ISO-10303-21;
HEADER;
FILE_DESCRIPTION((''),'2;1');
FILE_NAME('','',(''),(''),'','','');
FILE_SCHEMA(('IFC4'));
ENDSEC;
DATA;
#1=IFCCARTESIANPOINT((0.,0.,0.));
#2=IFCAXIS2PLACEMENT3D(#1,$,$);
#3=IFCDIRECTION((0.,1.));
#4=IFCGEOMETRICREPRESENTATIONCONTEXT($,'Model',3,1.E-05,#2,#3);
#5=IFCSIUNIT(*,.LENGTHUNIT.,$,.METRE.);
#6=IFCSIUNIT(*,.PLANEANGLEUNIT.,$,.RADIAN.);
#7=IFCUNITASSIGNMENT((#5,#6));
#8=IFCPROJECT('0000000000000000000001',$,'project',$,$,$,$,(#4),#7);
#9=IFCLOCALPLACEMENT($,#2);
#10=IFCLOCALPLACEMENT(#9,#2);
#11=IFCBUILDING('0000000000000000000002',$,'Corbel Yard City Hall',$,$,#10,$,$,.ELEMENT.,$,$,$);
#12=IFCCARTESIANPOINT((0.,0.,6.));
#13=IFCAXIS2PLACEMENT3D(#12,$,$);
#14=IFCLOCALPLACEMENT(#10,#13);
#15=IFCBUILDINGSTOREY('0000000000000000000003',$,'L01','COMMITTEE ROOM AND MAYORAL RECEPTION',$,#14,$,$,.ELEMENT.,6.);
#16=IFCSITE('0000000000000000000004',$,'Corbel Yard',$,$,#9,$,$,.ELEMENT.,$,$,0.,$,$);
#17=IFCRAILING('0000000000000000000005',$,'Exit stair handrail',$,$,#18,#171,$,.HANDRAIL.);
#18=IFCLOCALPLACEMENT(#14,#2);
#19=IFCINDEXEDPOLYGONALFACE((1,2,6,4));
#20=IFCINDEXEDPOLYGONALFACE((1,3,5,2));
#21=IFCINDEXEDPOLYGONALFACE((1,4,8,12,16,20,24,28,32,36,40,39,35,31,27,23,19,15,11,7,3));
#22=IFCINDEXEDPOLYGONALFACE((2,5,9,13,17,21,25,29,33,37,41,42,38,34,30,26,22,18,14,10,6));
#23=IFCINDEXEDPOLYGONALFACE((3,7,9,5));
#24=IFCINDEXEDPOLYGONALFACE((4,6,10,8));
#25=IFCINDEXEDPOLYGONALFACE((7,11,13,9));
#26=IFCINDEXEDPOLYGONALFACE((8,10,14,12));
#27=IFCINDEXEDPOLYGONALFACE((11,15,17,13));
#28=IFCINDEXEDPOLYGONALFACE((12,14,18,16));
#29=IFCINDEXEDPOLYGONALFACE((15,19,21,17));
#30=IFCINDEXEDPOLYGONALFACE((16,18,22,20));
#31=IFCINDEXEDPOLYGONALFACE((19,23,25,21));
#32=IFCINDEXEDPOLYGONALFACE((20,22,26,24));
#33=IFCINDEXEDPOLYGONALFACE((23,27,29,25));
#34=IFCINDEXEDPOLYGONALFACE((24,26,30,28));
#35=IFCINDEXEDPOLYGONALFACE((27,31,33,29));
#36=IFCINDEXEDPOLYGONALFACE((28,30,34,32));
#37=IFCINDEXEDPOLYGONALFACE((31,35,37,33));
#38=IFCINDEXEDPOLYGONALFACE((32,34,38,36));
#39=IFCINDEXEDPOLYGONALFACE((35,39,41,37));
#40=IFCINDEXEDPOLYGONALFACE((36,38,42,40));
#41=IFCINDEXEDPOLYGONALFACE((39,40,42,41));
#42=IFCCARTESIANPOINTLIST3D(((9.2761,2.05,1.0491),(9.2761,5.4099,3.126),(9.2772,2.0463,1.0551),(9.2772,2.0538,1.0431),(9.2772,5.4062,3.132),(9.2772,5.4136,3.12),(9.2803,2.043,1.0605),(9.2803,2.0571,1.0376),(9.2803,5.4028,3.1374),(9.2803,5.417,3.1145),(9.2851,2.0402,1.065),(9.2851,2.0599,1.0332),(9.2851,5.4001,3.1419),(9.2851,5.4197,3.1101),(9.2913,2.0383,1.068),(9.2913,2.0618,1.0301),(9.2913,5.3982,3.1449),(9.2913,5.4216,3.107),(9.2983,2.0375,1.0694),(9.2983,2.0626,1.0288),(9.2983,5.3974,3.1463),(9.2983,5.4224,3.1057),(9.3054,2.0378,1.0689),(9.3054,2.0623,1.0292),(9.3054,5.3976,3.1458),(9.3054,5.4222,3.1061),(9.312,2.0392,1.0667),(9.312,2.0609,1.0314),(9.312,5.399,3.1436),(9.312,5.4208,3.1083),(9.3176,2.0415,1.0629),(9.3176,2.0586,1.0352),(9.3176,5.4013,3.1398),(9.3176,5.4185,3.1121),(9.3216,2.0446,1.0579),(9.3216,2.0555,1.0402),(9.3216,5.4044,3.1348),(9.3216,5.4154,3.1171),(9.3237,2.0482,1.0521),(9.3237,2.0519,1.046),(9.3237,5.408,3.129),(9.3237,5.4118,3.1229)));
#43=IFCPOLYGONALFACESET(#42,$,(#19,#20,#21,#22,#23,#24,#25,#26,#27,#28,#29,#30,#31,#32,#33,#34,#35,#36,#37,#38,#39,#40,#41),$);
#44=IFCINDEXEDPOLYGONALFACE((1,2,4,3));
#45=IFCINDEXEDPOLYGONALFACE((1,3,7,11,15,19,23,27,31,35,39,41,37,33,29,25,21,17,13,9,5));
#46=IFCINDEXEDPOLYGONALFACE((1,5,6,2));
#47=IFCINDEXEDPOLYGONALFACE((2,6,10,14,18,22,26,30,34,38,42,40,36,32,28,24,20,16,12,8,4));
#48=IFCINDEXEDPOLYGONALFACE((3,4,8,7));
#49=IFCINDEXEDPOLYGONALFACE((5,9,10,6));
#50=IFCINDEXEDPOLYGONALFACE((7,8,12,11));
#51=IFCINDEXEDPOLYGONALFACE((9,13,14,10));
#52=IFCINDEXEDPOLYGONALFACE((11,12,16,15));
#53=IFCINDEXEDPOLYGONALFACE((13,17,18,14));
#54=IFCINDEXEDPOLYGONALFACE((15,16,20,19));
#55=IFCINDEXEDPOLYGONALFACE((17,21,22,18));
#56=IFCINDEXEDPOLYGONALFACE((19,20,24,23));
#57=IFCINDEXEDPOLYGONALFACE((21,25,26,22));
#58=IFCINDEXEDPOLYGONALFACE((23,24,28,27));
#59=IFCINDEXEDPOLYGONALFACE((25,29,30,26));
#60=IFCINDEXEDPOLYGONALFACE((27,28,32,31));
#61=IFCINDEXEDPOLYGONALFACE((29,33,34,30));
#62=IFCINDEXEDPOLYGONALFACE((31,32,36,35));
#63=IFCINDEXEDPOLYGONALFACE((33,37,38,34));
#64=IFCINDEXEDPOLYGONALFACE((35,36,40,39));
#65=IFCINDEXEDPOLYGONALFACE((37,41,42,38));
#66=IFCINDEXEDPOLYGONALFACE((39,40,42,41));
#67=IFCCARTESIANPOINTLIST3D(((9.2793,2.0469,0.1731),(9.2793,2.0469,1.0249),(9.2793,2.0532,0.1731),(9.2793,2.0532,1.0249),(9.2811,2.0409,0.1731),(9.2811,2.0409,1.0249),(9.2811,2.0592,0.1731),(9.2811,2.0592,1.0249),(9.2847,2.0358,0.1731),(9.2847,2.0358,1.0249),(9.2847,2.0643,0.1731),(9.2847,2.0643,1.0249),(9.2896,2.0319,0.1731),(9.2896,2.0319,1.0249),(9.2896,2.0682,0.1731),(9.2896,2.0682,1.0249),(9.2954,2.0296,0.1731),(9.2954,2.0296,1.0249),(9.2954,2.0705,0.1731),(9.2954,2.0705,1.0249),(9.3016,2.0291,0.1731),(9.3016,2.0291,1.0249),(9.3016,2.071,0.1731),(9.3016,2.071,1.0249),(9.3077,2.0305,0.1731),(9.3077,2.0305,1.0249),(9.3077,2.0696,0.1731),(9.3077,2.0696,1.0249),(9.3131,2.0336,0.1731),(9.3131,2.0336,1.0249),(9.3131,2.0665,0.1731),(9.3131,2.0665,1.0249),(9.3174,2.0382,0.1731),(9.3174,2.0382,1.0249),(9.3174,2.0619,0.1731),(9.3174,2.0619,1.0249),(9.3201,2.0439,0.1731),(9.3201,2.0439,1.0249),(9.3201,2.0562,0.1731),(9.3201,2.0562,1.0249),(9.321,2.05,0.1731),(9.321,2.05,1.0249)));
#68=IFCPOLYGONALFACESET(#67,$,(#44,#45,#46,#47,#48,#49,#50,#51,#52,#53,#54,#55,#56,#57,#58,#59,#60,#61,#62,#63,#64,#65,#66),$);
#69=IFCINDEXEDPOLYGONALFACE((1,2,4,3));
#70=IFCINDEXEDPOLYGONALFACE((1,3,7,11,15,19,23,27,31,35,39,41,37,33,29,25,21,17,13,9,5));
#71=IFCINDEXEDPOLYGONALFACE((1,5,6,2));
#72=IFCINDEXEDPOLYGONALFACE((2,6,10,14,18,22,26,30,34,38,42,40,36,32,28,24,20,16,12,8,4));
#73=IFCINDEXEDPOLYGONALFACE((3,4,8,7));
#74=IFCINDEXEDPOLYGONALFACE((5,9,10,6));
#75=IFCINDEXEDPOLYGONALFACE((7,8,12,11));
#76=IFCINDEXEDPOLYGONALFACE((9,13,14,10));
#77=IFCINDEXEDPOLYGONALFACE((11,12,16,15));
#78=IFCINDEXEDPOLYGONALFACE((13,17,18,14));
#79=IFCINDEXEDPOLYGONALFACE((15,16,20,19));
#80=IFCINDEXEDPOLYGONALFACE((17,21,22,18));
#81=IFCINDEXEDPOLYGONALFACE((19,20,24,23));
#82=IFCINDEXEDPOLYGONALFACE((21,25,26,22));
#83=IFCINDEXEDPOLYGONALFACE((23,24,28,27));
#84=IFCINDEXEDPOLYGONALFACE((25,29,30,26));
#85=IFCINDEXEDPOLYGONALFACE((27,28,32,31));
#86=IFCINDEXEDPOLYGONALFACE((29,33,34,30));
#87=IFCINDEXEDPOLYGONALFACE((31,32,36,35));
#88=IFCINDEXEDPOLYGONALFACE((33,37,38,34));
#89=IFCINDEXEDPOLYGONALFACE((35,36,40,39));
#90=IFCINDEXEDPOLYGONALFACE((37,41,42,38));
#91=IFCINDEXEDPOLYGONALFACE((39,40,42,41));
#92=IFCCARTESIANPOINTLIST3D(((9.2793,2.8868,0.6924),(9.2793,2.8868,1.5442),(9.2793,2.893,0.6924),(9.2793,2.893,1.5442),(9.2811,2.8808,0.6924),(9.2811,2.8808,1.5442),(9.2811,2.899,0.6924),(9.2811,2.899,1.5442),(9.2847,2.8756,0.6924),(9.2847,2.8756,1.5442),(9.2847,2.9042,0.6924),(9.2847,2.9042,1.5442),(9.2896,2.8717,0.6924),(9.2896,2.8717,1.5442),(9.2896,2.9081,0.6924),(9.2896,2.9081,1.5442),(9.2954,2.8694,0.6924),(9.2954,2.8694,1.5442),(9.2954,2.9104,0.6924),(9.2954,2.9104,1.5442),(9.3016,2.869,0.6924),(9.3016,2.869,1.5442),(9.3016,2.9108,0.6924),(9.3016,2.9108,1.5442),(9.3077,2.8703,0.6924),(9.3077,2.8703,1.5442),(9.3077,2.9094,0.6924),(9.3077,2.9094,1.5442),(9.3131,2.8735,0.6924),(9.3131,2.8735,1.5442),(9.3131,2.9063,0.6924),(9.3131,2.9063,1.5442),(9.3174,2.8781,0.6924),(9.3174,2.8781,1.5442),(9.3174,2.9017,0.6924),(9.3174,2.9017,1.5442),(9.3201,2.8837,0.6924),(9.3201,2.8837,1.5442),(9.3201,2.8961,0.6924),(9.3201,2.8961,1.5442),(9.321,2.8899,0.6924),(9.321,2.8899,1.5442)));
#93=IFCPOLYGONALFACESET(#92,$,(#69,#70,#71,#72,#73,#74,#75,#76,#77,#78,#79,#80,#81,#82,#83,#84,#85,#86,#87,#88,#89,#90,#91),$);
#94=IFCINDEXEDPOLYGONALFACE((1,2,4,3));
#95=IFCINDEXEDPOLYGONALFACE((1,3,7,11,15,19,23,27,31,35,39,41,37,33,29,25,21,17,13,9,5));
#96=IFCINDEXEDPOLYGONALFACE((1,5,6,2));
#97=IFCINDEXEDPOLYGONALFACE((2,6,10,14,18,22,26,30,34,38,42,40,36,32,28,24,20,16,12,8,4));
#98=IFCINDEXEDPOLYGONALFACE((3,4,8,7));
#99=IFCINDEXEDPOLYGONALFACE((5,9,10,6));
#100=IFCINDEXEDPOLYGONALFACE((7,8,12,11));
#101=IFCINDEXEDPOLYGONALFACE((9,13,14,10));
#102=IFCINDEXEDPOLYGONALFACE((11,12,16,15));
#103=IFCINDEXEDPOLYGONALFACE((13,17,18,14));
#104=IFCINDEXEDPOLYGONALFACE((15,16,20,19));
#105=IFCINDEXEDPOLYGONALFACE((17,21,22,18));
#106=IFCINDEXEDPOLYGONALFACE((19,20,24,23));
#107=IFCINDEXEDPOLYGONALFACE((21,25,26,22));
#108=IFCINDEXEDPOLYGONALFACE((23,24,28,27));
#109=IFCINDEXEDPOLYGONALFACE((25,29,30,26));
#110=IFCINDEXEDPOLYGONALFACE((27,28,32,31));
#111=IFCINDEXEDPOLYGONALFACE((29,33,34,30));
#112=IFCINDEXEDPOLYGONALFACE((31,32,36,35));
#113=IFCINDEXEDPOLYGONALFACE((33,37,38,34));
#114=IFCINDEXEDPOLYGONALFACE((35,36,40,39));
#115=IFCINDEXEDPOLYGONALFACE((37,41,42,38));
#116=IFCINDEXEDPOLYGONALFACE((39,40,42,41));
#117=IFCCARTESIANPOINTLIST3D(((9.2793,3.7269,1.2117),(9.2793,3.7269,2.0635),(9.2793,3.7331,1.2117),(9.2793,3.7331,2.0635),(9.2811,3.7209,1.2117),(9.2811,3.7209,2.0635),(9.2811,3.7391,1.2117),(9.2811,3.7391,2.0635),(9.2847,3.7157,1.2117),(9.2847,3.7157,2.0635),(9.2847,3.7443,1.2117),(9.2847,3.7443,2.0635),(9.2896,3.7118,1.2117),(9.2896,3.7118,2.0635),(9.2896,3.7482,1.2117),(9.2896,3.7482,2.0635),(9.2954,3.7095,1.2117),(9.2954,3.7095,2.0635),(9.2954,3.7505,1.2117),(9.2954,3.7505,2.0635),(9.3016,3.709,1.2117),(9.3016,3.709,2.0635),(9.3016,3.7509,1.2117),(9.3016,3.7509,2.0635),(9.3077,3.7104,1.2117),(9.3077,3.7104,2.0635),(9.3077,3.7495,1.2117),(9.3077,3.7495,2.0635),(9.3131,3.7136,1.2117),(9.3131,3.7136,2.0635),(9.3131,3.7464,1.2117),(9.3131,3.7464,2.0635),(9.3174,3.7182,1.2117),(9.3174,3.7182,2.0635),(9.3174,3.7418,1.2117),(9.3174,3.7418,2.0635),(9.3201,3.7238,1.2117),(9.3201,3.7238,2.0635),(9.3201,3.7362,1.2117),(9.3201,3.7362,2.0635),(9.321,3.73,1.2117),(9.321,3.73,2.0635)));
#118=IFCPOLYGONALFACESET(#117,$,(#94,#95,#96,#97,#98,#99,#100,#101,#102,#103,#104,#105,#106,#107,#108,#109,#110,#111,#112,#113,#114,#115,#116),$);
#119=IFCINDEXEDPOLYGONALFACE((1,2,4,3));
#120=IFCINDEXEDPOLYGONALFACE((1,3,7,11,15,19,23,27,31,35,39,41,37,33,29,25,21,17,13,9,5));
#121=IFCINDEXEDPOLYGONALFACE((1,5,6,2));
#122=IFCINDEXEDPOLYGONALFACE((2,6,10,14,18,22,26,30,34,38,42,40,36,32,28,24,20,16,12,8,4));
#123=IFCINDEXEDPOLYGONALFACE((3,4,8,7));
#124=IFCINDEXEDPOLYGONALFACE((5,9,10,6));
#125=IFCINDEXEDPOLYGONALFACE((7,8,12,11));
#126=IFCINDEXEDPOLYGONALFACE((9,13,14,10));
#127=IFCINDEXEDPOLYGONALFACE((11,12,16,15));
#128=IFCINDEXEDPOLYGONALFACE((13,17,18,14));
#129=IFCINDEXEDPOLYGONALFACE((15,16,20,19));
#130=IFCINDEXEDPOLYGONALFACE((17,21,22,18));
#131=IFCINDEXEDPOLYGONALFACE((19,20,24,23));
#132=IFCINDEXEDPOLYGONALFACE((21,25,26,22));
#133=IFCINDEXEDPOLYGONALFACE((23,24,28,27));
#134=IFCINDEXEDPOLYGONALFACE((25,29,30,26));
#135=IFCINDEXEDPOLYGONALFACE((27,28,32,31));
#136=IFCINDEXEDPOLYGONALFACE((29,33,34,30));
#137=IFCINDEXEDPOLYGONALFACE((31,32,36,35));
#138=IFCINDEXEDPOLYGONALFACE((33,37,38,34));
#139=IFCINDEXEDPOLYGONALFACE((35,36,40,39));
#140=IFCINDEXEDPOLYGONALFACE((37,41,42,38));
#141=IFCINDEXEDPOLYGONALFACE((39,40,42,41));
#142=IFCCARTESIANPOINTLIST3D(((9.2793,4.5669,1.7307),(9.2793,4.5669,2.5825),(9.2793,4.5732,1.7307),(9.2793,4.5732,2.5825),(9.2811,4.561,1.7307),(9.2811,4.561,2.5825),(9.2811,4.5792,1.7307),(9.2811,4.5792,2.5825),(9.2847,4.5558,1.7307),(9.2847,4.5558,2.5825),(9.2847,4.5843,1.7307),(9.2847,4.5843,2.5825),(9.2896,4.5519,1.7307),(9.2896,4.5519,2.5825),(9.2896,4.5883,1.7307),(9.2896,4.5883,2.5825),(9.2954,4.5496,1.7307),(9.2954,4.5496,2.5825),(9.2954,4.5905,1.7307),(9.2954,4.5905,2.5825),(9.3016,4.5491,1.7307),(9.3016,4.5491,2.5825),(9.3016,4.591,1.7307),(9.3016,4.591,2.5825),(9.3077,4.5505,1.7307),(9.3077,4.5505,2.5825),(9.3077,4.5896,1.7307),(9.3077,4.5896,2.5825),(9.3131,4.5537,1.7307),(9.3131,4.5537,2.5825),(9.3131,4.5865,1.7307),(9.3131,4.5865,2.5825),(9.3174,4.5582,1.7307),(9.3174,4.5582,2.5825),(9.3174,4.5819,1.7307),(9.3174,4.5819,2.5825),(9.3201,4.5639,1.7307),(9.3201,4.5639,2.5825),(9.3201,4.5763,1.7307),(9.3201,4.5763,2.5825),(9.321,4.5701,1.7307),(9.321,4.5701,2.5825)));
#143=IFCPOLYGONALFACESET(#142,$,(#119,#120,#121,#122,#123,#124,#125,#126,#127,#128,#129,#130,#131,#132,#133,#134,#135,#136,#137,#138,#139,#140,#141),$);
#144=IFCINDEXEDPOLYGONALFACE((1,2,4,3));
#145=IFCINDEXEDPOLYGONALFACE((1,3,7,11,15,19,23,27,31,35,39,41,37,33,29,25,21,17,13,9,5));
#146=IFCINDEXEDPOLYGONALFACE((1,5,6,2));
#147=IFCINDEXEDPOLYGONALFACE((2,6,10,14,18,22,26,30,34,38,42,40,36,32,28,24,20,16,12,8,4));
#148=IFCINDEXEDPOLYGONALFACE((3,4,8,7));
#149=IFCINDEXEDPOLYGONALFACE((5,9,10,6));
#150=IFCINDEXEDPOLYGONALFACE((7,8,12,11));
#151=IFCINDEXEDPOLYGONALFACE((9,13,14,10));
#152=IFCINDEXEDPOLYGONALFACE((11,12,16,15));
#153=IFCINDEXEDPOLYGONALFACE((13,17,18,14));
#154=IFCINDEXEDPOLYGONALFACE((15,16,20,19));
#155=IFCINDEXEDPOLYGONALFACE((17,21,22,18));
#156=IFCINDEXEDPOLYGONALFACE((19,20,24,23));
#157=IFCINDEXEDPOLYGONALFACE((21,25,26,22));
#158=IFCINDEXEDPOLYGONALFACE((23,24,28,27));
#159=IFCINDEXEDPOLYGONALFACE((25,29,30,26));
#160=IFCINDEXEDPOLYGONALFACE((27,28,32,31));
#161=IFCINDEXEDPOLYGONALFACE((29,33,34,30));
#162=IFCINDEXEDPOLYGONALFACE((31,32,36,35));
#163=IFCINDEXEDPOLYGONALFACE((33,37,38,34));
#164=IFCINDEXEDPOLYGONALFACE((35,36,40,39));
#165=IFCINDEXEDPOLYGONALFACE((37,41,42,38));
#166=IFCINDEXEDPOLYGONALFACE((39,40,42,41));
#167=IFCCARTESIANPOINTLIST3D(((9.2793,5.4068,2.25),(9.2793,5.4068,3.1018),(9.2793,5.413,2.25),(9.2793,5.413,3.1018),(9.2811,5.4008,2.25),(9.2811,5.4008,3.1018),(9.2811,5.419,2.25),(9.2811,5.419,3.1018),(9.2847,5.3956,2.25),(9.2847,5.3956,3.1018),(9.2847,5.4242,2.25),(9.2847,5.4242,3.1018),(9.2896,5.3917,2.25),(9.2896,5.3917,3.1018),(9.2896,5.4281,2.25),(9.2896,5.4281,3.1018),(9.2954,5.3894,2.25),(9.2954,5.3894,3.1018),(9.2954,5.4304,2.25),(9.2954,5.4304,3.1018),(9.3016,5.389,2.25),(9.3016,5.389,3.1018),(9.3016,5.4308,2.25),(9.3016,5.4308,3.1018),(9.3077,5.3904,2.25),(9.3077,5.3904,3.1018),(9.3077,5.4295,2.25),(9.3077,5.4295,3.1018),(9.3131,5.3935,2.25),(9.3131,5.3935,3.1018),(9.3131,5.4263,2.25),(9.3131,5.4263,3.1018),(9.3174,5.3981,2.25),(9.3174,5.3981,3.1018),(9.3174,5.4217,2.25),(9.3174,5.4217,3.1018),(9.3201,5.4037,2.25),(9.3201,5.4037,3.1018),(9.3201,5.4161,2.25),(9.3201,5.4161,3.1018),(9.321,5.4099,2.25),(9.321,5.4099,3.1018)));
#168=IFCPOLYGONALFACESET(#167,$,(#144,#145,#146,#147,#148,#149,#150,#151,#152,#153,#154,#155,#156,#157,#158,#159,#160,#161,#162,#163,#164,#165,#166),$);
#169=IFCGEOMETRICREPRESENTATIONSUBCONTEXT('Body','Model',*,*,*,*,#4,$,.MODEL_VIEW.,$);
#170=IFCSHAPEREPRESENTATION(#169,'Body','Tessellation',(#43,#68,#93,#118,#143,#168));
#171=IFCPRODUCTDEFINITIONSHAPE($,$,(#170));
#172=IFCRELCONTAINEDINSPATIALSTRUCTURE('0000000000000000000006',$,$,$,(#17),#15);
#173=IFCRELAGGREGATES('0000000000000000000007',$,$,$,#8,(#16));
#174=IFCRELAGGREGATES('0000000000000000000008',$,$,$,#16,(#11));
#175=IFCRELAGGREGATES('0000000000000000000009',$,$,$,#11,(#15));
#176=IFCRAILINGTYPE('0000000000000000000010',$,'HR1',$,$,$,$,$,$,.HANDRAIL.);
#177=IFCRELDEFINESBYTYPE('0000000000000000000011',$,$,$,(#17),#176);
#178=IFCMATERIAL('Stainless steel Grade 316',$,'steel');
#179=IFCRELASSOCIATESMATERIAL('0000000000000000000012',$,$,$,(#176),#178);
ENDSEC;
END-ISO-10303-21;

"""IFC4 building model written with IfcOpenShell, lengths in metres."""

from ifc_helpers import new_model, si_unit, direction, frame, origin, origin_2d, place, context, subcontext, project, spatial, circle, extrude, material, type_object, element, save


model = new_model("IFC4")

# Units and contexts
model_context = context("Model", 3, precision=1e-05, world=origin(), true_north=direction((0.0, 1.0)))
body_context = subcontext(model_context, "Body", "Model", "MODEL_VIEW")
ifc_project = project(units=[si_unit("LENGTHUNIT", "METRE"), si_unit("PLANEANGLEUNIT", "RADIAN")], contexts=[model_context])

# Site, building, storey
site_placement = place(None, origin())
site = spatial("IfcSite", under=ifc_project, at=site_placement, Name="Corbel Yard", CompositionType="ELEMENT", RefElevation=0.0)
building_placement = place(site_placement, origin())
building = spatial("IfcBuilding", under=site, at=building_placement, Name="Corbel Yard City Hall", CompositionType="ELEMENT")
storey_placement = place(building_placement, frame((0.0, 0.0, 6.0)))
storey = spatial("IfcBuildingStorey", under=building, at=storey_placement, Name="L01", Description="COMMITTEE ROOM AND MAYORAL RECEPTION", CompositionType="ELEMENT", Elevation=6.0)

# Shared definitions
ifc_material_1 = material(Name="Stainless steel Grade 316", Category="steel")

# Railing
railing_type_1 = type_object("IfcRailingType", Name="HR1", PredefinedType="HANDRAIL", material=ifc_material_1)
for number, where, name in (
    (1, (9.3, 2.05, 0.1731), "Exit stair handrail"),
):
    element("IfcRailing", number, at=place(storey_placement, frame(where)), inside=storey, type_object=railing_type_1, Name=name, PredefinedType="HANDRAIL", context=body_context, shape_type="SweptSolid", body=[
        extrude(circle(Radius=0.0239, at=origin_2d()), frame((0.0, 0.0, 0.876), z_axis=(0.0, 0.850606, 0.525803), x_axis=(-1.0, 0.0, 0.0)), (0.0, 0.0, 1.0), 3.95),
        extrude(circle(Radius=0.021, at=origin_2d()), origin(), (0.0, 0.0, 1.0), 0.8518),
        extrude(circle(Radius=0.021, at=origin_2d()), frame((0.0, 0.8398, 0.5193)), (0.0, 0.0, 1.0), 0.8518),
        extrude(circle(Radius=0.021, at=origin_2d()), frame((0.0, 1.6799, 1.0386)), (0.0, 0.0, 1.0), 0.8518),
        extrude(circle(Radius=0.021, at=origin_2d()), frame((0.0, 2.52, 1.5576)), (0.0, 0.0, 1.0), 0.8518),
        extrude(circle(Radius=0.021, at=origin_2d()), frame((0.0, 3.3599, 2.0769)), (0.0, 0.0, 1.0), 0.8518),
    ])

save(model, "model.ifc")
